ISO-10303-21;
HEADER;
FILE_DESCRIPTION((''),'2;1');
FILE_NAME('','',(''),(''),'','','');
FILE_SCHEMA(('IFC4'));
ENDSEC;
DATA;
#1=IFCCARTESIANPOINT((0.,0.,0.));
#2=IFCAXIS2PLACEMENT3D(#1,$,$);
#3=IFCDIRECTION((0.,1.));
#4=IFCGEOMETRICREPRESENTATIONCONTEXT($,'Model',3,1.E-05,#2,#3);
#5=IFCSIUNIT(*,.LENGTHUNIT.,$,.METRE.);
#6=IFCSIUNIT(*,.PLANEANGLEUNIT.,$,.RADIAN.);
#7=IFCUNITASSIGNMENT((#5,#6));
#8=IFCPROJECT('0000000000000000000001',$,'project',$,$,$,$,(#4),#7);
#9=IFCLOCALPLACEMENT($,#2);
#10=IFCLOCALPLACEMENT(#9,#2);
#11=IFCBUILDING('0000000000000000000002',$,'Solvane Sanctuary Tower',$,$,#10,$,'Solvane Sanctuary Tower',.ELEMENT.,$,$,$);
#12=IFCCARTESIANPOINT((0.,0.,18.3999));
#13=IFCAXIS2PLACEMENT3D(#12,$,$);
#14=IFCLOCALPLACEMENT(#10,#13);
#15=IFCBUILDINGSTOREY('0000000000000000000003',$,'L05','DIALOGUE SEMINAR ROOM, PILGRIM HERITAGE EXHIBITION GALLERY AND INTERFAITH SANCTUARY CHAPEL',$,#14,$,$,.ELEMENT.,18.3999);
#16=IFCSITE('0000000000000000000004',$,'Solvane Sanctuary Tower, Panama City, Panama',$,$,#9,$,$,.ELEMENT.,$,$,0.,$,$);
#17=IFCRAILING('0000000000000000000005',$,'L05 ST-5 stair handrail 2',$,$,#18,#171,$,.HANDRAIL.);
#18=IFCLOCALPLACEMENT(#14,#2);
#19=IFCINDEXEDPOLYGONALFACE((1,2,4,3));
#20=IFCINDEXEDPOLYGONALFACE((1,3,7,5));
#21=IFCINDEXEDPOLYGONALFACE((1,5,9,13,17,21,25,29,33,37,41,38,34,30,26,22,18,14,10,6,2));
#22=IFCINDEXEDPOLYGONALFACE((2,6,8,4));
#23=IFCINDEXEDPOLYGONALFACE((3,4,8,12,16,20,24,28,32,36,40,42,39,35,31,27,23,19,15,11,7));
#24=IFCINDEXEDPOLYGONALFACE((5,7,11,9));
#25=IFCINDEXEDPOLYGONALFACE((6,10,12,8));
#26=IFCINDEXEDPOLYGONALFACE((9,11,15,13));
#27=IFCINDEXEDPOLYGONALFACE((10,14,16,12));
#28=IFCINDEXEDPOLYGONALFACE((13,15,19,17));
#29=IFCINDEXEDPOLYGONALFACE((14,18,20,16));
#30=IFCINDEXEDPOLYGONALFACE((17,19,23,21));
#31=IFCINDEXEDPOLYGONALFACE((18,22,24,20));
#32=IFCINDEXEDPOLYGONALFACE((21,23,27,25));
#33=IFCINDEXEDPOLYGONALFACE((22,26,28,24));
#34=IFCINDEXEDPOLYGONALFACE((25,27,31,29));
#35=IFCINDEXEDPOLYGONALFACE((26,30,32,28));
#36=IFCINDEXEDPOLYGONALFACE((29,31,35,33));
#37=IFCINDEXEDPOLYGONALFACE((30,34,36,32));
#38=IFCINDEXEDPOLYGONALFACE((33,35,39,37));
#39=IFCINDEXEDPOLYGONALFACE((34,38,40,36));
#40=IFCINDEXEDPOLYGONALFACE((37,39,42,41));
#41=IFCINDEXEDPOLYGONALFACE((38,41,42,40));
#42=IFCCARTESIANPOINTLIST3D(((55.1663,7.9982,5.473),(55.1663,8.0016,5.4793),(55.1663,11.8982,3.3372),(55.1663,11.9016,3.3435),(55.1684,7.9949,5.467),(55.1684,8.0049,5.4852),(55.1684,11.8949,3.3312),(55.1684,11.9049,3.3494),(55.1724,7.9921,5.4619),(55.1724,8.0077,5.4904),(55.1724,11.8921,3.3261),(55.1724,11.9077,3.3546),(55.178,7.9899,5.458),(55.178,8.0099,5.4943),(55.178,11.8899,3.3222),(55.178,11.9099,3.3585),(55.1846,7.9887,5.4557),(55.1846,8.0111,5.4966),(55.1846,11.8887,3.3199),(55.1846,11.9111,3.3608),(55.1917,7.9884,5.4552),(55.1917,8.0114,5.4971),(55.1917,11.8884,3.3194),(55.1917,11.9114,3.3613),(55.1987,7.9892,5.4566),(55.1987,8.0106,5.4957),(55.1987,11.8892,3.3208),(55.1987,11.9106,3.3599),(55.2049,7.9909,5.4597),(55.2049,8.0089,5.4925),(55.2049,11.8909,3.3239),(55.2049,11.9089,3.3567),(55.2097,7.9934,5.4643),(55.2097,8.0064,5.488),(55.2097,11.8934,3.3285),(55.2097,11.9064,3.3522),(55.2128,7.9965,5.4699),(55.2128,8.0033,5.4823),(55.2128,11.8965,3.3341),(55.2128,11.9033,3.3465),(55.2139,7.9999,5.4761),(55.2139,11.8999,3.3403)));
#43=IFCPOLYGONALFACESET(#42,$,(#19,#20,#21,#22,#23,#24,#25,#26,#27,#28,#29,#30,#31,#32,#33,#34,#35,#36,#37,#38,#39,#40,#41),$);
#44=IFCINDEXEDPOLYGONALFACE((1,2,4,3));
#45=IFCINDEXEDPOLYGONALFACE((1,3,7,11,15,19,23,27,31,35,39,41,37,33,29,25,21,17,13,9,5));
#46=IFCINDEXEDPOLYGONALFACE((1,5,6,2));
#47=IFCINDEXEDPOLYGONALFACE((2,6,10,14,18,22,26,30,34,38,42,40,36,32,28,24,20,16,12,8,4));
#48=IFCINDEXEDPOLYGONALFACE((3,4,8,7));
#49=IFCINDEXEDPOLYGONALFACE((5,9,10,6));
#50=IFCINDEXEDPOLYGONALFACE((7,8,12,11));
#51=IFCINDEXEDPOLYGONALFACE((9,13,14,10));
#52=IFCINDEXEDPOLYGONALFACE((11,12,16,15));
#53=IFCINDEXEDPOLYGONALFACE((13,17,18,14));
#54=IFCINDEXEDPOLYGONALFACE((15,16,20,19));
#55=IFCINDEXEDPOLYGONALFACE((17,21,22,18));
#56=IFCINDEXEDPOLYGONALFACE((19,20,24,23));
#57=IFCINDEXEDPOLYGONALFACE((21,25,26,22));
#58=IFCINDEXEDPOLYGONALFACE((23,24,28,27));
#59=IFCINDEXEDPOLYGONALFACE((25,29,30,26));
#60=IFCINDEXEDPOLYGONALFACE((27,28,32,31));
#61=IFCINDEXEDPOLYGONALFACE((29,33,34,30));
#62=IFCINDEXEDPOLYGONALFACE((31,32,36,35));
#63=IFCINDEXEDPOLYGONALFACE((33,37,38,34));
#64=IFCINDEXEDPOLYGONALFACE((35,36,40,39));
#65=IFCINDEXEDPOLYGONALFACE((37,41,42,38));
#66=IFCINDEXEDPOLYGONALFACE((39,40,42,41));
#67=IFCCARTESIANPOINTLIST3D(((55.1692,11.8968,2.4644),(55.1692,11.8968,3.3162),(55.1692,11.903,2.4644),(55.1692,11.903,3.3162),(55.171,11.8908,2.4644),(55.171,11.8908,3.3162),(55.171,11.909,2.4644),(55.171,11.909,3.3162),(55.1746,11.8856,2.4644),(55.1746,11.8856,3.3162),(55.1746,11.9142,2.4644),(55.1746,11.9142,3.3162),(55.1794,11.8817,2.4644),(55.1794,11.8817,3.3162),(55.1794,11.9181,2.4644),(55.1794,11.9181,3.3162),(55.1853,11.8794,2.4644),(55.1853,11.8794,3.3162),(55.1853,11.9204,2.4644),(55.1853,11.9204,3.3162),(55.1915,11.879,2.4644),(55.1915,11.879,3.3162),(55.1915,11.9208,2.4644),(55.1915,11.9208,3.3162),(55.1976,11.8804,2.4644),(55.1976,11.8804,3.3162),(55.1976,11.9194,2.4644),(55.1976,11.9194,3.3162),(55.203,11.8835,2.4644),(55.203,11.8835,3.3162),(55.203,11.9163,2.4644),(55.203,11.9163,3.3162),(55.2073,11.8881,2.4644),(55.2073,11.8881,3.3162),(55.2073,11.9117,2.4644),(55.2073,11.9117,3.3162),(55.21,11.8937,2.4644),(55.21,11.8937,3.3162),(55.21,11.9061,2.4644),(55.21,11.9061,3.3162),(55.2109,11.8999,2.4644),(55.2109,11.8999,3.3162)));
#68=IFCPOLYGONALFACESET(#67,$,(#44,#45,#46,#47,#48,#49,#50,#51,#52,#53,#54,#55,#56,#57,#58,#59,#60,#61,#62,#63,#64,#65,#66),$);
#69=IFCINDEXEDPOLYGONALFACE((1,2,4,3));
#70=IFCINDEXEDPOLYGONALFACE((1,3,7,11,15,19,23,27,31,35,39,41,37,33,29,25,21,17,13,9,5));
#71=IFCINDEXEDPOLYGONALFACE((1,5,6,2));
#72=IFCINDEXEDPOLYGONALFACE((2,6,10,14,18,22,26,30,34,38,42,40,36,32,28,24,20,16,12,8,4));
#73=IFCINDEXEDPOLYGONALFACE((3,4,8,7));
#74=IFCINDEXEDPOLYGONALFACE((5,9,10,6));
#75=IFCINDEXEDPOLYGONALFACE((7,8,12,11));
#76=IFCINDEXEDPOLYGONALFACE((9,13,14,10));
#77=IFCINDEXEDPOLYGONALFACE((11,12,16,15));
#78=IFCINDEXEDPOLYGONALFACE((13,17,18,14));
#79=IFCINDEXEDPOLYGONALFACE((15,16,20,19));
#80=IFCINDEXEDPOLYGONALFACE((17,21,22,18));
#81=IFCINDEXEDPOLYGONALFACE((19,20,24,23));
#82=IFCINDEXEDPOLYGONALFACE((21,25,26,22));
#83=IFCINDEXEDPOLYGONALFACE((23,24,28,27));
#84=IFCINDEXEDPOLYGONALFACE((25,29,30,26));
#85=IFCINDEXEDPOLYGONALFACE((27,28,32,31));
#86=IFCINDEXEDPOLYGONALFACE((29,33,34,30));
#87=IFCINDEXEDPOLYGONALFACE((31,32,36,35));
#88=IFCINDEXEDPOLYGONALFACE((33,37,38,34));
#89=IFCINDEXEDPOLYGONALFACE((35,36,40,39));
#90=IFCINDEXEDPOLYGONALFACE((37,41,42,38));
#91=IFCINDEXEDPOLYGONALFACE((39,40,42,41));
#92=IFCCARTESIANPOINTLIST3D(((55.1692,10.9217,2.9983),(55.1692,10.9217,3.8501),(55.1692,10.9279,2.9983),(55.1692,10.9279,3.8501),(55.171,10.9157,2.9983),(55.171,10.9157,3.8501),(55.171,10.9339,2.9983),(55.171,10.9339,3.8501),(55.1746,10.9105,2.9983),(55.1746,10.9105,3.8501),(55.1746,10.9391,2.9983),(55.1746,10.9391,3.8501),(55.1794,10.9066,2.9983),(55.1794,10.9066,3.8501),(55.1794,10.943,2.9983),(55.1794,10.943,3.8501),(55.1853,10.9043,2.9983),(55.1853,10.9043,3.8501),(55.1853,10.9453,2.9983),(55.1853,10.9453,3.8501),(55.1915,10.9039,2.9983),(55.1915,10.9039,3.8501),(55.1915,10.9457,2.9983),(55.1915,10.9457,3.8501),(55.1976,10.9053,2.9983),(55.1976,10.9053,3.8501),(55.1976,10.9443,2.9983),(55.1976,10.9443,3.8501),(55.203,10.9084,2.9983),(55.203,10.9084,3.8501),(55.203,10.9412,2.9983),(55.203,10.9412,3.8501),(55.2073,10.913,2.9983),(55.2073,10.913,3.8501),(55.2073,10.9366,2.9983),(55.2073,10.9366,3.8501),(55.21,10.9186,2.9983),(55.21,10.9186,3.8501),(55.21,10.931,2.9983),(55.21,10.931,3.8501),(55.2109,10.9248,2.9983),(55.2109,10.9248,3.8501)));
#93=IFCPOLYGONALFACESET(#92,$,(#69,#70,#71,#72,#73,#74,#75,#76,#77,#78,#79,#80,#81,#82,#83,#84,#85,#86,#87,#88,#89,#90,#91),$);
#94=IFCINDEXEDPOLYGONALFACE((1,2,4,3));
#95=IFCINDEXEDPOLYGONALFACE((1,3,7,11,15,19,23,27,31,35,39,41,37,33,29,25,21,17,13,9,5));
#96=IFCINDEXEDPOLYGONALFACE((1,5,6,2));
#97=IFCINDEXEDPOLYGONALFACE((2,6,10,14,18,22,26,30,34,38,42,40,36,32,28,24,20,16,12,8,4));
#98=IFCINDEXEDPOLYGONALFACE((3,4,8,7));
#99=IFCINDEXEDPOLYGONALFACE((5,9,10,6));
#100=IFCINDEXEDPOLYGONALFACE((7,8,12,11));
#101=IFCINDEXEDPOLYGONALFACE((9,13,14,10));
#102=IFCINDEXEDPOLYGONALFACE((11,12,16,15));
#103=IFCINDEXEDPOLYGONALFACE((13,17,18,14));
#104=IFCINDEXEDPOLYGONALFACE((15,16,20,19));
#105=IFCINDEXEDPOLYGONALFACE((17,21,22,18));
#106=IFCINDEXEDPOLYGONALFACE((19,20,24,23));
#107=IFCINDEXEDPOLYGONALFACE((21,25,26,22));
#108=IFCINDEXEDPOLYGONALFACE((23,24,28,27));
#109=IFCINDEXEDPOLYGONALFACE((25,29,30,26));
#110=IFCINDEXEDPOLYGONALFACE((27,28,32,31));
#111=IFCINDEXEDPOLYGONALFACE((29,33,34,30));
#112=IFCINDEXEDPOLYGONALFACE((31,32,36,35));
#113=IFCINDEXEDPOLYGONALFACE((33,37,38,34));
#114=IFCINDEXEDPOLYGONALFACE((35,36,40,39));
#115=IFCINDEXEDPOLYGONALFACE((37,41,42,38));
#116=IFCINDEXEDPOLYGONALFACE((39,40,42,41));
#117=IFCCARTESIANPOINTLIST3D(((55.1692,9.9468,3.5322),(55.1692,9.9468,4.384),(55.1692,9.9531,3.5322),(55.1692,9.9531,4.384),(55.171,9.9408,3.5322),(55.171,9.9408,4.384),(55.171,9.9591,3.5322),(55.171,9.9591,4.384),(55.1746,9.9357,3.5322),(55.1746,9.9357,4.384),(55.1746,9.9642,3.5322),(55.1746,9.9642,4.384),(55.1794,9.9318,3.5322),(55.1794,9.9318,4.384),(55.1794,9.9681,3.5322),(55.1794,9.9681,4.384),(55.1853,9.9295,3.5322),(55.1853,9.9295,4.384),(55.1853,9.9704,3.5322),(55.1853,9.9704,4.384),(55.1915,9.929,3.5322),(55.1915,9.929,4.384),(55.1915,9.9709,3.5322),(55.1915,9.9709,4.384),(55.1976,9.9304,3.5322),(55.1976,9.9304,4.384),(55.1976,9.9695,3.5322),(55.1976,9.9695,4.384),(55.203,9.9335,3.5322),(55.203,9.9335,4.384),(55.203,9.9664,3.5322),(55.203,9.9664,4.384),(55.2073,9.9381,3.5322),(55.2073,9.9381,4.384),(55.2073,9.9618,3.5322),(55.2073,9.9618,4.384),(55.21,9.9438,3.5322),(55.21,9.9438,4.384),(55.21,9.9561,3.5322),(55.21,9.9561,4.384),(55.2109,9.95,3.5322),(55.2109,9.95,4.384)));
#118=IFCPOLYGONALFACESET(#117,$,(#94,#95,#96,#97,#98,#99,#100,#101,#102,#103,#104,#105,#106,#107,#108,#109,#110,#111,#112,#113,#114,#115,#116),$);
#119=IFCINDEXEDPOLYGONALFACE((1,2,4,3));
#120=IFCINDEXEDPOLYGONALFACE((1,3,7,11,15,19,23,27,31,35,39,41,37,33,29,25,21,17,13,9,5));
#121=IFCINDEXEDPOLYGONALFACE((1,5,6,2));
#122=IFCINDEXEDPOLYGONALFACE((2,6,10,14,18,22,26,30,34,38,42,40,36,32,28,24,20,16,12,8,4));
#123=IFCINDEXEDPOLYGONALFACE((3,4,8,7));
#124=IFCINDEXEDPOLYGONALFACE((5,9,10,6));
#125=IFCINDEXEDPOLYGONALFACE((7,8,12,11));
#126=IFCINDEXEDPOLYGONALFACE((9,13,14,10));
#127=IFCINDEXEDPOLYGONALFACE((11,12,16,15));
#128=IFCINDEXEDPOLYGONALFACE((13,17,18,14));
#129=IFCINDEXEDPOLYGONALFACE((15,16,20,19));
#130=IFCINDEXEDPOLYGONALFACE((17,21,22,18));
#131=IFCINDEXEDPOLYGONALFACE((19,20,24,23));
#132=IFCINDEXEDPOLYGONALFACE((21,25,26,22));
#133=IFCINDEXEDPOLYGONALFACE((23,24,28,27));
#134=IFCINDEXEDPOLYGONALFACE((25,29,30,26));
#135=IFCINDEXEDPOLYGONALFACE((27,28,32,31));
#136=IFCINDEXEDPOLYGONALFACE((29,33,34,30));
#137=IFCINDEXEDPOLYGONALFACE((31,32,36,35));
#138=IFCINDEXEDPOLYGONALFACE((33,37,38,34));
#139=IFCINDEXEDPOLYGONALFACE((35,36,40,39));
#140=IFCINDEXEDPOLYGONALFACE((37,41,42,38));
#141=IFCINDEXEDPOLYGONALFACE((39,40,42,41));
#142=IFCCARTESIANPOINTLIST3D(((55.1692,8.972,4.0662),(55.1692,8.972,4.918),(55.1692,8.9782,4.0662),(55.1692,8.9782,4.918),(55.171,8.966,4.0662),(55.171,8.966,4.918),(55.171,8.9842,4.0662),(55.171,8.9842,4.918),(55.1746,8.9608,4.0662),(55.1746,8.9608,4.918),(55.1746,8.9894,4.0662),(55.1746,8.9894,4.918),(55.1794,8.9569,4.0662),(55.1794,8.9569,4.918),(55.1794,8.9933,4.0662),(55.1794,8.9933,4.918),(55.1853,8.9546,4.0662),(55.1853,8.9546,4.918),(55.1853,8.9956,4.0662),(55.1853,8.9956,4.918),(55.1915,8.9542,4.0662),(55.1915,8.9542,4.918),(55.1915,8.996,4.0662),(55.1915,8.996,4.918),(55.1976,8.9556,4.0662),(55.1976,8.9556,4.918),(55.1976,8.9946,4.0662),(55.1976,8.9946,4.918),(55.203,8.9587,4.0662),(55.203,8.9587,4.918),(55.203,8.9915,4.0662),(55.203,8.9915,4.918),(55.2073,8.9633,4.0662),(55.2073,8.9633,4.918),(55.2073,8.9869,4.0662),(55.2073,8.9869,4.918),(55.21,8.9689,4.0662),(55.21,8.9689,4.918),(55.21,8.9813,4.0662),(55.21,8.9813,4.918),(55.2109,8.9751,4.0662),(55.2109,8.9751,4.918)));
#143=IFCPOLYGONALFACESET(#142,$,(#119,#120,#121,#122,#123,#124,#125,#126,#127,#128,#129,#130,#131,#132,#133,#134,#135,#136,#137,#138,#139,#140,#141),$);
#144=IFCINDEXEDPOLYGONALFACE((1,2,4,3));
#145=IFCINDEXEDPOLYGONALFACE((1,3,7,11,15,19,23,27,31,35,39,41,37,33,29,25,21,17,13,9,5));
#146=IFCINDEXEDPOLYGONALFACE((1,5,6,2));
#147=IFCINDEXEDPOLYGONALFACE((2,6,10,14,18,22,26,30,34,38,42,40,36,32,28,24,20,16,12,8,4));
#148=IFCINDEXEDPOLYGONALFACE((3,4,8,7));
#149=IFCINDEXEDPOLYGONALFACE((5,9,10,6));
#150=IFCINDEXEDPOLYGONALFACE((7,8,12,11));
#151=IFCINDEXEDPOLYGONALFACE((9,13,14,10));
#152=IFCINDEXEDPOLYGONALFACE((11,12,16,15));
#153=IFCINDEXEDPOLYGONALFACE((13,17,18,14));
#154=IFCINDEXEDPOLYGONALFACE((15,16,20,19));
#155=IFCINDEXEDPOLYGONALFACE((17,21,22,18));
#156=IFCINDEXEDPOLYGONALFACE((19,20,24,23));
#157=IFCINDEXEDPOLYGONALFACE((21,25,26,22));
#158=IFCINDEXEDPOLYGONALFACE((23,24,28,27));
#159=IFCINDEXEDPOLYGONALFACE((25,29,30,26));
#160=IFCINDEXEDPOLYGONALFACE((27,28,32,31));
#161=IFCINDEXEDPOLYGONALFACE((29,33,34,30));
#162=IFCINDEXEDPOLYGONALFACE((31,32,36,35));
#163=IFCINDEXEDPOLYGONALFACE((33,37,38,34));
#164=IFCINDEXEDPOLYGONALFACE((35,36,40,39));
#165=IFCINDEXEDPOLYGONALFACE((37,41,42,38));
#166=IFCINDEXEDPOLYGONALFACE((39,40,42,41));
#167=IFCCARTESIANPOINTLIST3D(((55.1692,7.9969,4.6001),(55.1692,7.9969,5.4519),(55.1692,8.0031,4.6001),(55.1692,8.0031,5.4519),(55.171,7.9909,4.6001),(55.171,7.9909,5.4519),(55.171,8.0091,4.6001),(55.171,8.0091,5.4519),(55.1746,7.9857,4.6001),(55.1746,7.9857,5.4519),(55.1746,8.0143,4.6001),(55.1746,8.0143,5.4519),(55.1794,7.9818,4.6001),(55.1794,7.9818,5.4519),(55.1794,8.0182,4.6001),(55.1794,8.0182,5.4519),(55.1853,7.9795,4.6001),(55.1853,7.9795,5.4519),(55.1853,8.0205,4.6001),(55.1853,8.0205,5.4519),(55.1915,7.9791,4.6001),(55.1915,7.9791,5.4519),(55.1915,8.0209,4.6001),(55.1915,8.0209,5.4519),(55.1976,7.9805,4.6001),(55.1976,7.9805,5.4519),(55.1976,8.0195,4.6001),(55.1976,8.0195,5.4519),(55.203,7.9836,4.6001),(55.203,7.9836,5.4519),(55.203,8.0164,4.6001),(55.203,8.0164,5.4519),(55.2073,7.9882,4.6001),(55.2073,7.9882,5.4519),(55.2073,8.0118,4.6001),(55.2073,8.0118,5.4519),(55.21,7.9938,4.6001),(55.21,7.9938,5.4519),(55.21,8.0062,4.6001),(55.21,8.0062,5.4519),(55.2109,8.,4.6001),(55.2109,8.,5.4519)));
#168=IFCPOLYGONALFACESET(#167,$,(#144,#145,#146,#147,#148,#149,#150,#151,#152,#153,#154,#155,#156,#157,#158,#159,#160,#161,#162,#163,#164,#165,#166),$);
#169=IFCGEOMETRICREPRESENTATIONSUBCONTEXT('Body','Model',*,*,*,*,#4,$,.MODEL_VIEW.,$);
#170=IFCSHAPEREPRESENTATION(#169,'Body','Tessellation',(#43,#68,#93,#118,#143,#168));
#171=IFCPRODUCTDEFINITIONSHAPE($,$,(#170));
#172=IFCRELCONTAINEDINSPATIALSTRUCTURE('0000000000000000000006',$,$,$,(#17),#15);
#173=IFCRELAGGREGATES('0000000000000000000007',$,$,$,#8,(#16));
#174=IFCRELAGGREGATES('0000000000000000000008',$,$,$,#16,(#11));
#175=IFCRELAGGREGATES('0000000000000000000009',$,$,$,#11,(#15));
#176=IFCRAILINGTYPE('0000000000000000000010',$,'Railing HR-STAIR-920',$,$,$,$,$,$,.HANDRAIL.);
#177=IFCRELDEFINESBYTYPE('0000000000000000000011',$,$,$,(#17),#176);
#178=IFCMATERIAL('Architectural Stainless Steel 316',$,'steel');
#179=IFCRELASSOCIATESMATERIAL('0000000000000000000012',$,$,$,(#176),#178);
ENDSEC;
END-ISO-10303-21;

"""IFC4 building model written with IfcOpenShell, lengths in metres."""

from ifc_helpers import new_model, si_unit, direction, frame, origin, origin_2d, place, context, subcontext, project, spatial, circle, extrude, material, type_object, element, save


model = new_model("IFC4")

# Units and contexts
model_context = context("Model", 3, precision=1e-05, world=origin(), true_north=direction((0.0, 1.0)))
body_context = subcontext(model_context, "Body", "Model", "MODEL_VIEW")
ifc_project = project(units=[si_unit("LENGTHUNIT", "METRE"), si_unit("PLANEANGLEUNIT", "RADIAN")], contexts=[model_context])

# Site, building, storey
site_placement = place(None, origin())
site = spatial("IfcSite", under=ifc_project, at=site_placement, Name="Solvane Sanctuary Tower, Panama City, Panama", CompositionType="ELEMENT", RefElevation=0.0)
building_placement = place(site_placement, origin())
building = spatial("IfcBuilding", under=site, at=building_placement, Name="Solvane Sanctuary Tower", LongName="Solvane Sanctuary Tower", CompositionType="ELEMENT")
storey_placement = place(building_placement, frame((0.0, 0.0, 18.3999)))
storey = spatial("IfcBuildingStorey", under=building, at=storey_placement, Name="L05", Description="DIALOGUE SEMINAR ROOM, PILGRIM HERITAGE EXHIBITION GALLERY AND INTERFAITH SANCTUARY CHAPEL", CompositionType="ELEMENT", Elevation=18.3999)

# Shared definitions
ifc_material_1 = material(Name="Architectural Stainless Steel 316", Category="steel")

# Railing
railing_type_1 = type_object("IfcRailingType", Name="Railing HR-STAIR-920", PredefinedType="HANDRAIL", material=ifc_material_1)
railing_1_placement = place(storey_placement, frame((55.1899, 11.8999, 2.4644)))
element("IfcRailing", 1, at=railing_1_placement, inside=storey, type_object=railing_type_1, Name="L05 ST-5 stair handrail 2", PredefinedType="HANDRAIL", context=body_context, shape_type="SweptSolid", body=[
    extrude(circle(Radius=0.0239, at=origin_2d()), frame((0.0, 0.0, 0.876), z_axis=(0.0, -0.877089, 0.480329), x_axis=(1.0, 0.0, 0.0)), (0.0, 0.0, 1.0), 4.4465),
    extrude(circle(Radius=0.021, at=origin_2d()), origin(), (0.0, 0.0, 1.0), 0.8518),
    extrude(circle(Radius=0.021, at=origin_2d()), frame((0.0, -0.9751, 0.5339)), (0.0, 0.0, 1.0), 0.8518),
    extrude(circle(Radius=0.021, at=origin_2d()), frame((0.0, -1.95, 1.0679)), (0.0, 0.0, 1.0), 0.8518),
    extrude(circle(Radius=0.021, at=origin_2d()), frame((0.0, -2.9248, 1.6018)), (0.0, 0.0, 1.0), 0.8518),
    extrude(circle(Radius=0.021, at=origin_2d()), frame((0.0, -3.8999, 2.1357)), (0.0, 0.0, 1.0), 0.8518),
])

save(model, "model.ifc")
